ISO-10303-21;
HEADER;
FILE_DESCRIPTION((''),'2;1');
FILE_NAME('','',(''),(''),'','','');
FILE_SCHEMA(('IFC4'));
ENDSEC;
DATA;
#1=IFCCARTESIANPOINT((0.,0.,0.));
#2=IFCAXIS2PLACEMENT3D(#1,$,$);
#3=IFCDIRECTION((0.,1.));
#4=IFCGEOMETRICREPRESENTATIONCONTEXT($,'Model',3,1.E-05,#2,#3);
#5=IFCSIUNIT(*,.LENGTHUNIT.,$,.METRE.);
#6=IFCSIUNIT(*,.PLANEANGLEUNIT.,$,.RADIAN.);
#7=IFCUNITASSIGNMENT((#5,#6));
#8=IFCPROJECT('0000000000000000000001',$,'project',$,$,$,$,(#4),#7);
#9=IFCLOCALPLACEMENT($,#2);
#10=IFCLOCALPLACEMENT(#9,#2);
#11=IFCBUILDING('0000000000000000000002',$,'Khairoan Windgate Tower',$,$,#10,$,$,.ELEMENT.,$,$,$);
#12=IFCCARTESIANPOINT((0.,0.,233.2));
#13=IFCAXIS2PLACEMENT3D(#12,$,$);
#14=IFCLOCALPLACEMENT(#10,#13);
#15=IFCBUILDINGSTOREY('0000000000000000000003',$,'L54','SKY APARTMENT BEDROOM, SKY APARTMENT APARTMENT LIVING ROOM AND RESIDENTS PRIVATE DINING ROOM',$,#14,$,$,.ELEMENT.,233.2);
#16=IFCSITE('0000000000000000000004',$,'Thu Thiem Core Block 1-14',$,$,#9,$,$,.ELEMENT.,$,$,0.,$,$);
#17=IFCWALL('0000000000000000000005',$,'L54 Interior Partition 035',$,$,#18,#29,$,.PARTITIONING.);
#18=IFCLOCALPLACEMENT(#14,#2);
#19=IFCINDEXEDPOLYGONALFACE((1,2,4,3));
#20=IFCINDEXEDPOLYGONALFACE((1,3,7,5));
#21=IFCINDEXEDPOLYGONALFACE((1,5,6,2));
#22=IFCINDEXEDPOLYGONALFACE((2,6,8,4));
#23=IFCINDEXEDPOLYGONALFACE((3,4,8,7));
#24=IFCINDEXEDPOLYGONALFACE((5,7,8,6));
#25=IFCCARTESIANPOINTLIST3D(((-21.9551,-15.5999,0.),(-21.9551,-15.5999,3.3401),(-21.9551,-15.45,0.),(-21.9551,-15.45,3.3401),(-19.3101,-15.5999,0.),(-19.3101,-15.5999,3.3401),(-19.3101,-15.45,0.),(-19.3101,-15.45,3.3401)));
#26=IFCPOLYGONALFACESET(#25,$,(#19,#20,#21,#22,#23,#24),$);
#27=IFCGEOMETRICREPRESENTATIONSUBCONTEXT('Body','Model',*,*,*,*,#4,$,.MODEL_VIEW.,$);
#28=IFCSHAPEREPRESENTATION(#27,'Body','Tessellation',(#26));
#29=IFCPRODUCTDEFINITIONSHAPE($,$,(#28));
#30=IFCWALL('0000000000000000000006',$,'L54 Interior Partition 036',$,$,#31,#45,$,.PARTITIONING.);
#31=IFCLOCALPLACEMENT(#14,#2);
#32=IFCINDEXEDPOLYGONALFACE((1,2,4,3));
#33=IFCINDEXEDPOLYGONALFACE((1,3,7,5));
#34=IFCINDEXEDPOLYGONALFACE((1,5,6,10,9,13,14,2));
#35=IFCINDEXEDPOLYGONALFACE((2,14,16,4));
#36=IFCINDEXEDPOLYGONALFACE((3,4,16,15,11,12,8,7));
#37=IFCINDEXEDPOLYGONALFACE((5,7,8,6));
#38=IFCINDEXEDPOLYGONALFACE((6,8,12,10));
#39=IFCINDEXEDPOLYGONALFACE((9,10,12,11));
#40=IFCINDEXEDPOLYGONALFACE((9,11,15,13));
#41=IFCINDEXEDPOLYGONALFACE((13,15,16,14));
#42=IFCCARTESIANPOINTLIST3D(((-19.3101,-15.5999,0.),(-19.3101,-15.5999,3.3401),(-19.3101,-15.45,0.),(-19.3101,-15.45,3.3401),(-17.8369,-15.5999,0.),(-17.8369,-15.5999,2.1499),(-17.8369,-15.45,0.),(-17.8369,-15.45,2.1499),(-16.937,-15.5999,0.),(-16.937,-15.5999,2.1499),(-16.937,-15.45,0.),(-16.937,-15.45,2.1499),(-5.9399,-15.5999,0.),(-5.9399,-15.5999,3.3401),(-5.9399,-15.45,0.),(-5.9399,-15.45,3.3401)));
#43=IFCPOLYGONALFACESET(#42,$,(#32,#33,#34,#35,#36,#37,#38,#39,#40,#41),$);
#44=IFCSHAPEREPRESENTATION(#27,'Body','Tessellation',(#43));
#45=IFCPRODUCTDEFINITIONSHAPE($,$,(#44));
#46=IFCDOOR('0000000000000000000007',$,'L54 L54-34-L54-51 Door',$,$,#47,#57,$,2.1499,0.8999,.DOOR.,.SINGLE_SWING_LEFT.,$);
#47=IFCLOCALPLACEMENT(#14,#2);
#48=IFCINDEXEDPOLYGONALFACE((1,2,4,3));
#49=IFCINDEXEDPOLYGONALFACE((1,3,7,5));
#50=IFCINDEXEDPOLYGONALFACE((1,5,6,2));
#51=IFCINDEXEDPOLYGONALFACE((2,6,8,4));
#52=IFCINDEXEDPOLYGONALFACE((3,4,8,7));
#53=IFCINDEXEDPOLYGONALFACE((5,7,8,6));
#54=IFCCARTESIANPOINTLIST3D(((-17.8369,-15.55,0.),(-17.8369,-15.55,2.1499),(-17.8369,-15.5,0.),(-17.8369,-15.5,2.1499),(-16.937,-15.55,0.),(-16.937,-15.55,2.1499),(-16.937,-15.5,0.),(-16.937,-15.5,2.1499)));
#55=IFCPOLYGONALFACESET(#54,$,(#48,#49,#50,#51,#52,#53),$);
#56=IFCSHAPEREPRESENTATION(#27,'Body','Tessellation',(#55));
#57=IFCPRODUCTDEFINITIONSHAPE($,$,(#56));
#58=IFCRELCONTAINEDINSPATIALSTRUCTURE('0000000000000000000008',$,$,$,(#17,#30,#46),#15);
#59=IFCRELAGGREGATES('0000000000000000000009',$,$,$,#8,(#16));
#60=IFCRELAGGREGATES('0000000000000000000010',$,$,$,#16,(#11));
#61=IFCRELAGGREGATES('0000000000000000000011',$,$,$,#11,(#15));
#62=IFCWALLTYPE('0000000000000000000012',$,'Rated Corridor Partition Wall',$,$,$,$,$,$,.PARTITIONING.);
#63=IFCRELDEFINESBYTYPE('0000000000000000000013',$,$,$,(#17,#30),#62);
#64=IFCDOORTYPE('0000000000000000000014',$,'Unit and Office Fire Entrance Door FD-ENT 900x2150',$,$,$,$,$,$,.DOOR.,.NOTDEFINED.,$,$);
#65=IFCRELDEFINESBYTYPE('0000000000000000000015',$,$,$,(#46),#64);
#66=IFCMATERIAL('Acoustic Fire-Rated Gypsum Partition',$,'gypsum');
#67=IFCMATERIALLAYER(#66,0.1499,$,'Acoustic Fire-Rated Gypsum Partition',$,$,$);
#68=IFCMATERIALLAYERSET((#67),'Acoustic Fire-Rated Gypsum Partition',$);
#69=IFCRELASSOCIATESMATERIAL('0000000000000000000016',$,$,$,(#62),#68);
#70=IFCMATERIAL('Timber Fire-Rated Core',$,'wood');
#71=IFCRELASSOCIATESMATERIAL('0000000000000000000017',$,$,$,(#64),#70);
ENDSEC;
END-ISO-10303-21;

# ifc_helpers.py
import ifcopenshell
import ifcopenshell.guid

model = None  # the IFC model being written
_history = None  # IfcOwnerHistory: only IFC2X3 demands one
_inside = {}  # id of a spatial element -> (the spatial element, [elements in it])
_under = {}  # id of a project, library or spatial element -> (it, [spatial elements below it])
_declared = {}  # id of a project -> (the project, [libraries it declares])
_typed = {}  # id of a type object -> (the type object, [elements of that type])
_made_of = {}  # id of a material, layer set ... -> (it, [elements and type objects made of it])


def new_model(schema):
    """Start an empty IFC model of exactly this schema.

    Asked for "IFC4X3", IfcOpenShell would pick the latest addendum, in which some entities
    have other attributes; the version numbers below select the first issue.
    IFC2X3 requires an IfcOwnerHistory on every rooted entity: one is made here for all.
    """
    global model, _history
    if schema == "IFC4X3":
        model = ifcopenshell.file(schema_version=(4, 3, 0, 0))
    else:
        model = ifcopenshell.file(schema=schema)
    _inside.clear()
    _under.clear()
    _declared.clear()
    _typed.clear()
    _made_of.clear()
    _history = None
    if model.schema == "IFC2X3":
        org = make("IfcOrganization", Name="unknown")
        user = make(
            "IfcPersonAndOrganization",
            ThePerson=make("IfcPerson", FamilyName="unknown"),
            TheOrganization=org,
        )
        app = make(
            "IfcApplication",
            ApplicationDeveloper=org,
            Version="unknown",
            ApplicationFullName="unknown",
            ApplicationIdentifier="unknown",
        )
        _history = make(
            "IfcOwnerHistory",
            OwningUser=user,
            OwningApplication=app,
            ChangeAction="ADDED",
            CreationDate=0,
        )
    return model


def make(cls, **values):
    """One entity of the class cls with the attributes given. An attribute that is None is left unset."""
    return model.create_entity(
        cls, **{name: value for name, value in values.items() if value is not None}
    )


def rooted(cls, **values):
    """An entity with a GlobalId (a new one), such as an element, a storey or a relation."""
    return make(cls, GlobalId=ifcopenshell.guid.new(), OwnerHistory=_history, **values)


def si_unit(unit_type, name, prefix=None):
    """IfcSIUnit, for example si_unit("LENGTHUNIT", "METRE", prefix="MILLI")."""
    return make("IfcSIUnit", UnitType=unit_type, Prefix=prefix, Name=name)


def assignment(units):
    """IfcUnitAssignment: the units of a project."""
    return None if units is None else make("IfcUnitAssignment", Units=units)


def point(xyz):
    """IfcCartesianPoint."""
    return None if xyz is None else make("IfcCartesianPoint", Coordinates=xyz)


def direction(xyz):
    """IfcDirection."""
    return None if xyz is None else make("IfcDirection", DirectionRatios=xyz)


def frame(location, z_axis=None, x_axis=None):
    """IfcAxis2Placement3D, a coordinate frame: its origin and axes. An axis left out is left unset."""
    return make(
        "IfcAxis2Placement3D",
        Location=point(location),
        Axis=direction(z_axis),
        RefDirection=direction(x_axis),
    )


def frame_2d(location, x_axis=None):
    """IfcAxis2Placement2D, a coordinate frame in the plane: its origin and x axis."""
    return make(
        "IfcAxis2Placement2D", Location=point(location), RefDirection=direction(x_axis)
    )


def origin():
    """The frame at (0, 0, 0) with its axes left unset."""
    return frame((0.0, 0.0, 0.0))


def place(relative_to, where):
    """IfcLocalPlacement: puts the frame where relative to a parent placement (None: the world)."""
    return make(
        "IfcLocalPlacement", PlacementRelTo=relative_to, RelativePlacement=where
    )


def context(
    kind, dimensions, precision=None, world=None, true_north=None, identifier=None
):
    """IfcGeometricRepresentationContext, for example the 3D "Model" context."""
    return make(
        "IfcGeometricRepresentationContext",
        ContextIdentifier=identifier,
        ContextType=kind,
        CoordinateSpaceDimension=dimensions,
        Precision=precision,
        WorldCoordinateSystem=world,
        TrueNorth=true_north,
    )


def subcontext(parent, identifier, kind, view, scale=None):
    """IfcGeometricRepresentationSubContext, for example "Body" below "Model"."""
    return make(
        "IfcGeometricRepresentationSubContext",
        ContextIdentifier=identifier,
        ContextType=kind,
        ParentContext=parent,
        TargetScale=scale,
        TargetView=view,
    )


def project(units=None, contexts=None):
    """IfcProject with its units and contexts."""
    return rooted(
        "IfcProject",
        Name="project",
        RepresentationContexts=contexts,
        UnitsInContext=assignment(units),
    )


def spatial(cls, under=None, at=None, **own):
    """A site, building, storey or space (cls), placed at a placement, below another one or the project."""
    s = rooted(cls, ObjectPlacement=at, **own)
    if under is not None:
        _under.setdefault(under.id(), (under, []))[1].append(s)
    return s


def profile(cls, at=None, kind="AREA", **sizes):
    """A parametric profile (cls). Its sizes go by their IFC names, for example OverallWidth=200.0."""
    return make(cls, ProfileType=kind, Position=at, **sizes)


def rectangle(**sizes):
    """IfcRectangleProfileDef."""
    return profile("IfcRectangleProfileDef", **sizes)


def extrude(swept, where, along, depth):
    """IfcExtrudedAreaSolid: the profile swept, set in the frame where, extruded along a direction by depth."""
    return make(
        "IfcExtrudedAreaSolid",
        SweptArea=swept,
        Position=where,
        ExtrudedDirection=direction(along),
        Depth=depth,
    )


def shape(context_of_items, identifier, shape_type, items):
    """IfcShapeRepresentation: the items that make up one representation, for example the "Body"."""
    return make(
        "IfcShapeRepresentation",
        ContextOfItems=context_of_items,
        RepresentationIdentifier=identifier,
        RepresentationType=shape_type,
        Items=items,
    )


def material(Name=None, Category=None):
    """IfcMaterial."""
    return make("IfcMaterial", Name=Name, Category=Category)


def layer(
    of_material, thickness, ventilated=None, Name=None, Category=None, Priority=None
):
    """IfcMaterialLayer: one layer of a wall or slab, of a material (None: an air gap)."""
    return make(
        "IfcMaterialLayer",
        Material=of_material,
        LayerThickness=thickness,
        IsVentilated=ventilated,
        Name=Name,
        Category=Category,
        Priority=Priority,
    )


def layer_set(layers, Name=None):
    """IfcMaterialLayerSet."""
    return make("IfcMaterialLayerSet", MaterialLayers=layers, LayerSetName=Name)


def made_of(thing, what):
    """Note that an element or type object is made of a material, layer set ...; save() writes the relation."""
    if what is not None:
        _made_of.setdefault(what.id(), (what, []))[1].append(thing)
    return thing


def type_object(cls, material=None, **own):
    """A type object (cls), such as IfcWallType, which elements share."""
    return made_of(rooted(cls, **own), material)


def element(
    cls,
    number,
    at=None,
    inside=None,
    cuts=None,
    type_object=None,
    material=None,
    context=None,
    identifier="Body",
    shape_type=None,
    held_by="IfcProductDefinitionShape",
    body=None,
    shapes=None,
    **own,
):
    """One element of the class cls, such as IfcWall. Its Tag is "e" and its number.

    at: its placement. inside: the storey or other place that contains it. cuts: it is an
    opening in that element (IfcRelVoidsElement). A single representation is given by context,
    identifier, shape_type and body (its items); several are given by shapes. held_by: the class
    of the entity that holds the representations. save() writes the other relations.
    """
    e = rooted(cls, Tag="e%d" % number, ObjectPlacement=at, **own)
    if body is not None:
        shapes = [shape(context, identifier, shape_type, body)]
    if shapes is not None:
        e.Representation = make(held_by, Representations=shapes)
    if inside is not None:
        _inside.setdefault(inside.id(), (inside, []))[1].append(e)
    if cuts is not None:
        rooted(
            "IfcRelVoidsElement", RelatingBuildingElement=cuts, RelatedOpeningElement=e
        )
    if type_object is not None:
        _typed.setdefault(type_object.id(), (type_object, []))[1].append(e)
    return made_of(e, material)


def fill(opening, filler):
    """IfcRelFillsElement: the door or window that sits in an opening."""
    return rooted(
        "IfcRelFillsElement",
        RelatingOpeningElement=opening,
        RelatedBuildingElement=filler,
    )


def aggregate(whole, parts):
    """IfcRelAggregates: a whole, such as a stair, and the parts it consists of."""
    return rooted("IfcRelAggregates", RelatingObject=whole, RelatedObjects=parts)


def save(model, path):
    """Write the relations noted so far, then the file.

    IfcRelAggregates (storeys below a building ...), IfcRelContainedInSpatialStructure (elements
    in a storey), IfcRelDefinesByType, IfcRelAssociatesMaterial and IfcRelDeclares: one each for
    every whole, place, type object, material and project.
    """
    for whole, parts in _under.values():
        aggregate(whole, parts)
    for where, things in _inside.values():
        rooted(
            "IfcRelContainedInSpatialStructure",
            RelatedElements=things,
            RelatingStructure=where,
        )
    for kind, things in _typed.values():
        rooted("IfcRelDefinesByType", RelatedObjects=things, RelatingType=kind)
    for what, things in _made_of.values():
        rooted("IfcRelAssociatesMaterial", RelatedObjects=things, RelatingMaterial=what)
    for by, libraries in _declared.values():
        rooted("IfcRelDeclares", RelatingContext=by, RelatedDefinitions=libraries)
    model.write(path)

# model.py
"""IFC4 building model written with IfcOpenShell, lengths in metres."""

from ifc_helpers import new_model, si_unit, direction, frame, frame_2d, origin, place, context, subcontext, project, spatial, rectangle, extrude, material, layer, layer_set, type_object, element, fill, save


model = new_model("IFC4")

# Units and contexts
model_context = context("Model", 3, precision=1e-05, world=origin(), true_north=direction((0.0, 1.0)))
body_context = subcontext(model_context, "Body", "Model", "MODEL_VIEW")
ifc_project = project(units=[si_unit("LENGTHUNIT", "METRE"), si_unit("PLANEANGLEUNIT", "RADIAN")], contexts=[model_context])

# Site, building, storey
site_placement = place(None, origin())
site = spatial("IfcSite", under=ifc_project, at=site_placement, Name="Thu Thiem Core Block 1-14", CompositionType="ELEMENT", RefElevation=0.0)
building_placement = place(site_placement, origin())
building = spatial("IfcBuilding", under=site, at=building_placement, Name="Khairoan Windgate Tower", CompositionType="ELEMENT")
storey_placement = place(building_placement, frame((0.0, 0.0, 233.2)))
storey = spatial("IfcBuildingStorey", under=building, at=storey_placement, Name="L54", Description="SKY APARTMENT BEDROOM, SKY APARTMENT APARTMENT LIVING ROOM AND RESIDENTS PRIVATE DINING ROOM", CompositionType="ELEMENT", Elevation=233.2)

# Wall
ifc_material_1 = material(Name="Acoustic Fire-Rated Gypsum Partition", Category="gypsum")
ifc_layer_1 = layer(ifc_material_1, 0.1499, Name="Acoustic Fire-Rated Gypsum Partition")
ifc_layer_set_1 = layer_set([ifc_layer_1], Name="Acoustic Fire-Rated Gypsum Partition")
wall_type_1 = type_object("IfcWallType", Name="Rated Corridor Partition Wall", PredefinedType="PARTITIONING", material=ifc_layer_set_1)
wall_1_placement = place(storey_placement, frame((-21.9551, -15.5249, 0.0), z_axis=(0.0, 0.0, 1.0), x_axis=(1.0, 0.0, 0.0)))
element("IfcWall", 1, at=wall_1_placement, inside=storey, type_object=wall_type_1, Name="L54 Interior Partition 035", PredefinedType="PARTITIONING", context=body_context, shape_type="SweptSolid", body=[
    extrude(rectangle(XDim=2.645, YDim=0.1499, at=frame_2d((1.3225, 0.0))), origin(), (0.0, 0.0, 1.0), 3.3401),
])

# Wall, opening, door
wall_2_placement = place(storey_placement, frame((-19.3101, -15.5249, 0.0), z_axis=(0.0, 0.0, 1.0), x_axis=(1.0, 0.0, 0.0)))
wall_2 = element("IfcWall", 2, at=wall_2_placement, inside=storey, type_object=wall_type_1, Name="L54 Interior Partition 036", PredefinedType="PARTITIONING", context=body_context, shape_type="SweptSolid", body=[
    extrude(rectangle(XDim=13.3701, YDim=0.1499, at=frame_2d((6.6851, 0.0))), origin(), (0.0, 0.0, 1.0), 3.3401),
])
opening_1_placement = place(wall_2_placement, frame((1.4731, 0.0, 0.0)))
opening_1 = element("IfcOpeningElement", 3, at=opening_1_placement, cuts=wall_2, PredefinedType="OPENING", context=body_context, shape_type="SweptSolid", body=[
    extrude(rectangle(XDim=0.8999, YDim=2.1499, at=frame_2d((0.45, 1.075))), frame((0.0, 0.085, 0.0), z_axis=(0.0, -1.0, 0.0), x_axis=(1.0, 0.0, 0.0)), (0.0, 0.0, 1.0), 0.1699),
])
ifc_material_2 = material(Name="Timber Fire-Rated Core", Category="wood")
door_type_1 = type_object("IfcDoorType", Name="Unit and Office Fire Entrance Door FD-ENT 900x2150", OperationType="NOTDEFINED", PredefinedType="DOOR", material=ifc_material_2)
door_1_placement = place(opening_1_placement, origin())
door_1 = element("IfcDoor", 4, at=door_1_placement, inside=storey, type_object=door_type_1, Name="L54 L54-34-L54-51 Door", OperationType="SINGLE_SWING_LEFT", OverallHeight=2.1499, OverallWidth=0.8999, PredefinedType="DOOR", context=body_context, shape_type="SweptSolid", body=[
    extrude(rectangle(XDim=0.8999, YDim=2.1499, at=frame_2d((0.45, 1.075))), frame((0.0, 0.0249, 0.0), z_axis=(0.0, -1.0, 0.0), x_axis=(1.0, 0.0, 0.0)), (0.0, 0.0, 1.0), 0.05),
])
fill(opening_1, door_1)

save(model, "model.ifc")
